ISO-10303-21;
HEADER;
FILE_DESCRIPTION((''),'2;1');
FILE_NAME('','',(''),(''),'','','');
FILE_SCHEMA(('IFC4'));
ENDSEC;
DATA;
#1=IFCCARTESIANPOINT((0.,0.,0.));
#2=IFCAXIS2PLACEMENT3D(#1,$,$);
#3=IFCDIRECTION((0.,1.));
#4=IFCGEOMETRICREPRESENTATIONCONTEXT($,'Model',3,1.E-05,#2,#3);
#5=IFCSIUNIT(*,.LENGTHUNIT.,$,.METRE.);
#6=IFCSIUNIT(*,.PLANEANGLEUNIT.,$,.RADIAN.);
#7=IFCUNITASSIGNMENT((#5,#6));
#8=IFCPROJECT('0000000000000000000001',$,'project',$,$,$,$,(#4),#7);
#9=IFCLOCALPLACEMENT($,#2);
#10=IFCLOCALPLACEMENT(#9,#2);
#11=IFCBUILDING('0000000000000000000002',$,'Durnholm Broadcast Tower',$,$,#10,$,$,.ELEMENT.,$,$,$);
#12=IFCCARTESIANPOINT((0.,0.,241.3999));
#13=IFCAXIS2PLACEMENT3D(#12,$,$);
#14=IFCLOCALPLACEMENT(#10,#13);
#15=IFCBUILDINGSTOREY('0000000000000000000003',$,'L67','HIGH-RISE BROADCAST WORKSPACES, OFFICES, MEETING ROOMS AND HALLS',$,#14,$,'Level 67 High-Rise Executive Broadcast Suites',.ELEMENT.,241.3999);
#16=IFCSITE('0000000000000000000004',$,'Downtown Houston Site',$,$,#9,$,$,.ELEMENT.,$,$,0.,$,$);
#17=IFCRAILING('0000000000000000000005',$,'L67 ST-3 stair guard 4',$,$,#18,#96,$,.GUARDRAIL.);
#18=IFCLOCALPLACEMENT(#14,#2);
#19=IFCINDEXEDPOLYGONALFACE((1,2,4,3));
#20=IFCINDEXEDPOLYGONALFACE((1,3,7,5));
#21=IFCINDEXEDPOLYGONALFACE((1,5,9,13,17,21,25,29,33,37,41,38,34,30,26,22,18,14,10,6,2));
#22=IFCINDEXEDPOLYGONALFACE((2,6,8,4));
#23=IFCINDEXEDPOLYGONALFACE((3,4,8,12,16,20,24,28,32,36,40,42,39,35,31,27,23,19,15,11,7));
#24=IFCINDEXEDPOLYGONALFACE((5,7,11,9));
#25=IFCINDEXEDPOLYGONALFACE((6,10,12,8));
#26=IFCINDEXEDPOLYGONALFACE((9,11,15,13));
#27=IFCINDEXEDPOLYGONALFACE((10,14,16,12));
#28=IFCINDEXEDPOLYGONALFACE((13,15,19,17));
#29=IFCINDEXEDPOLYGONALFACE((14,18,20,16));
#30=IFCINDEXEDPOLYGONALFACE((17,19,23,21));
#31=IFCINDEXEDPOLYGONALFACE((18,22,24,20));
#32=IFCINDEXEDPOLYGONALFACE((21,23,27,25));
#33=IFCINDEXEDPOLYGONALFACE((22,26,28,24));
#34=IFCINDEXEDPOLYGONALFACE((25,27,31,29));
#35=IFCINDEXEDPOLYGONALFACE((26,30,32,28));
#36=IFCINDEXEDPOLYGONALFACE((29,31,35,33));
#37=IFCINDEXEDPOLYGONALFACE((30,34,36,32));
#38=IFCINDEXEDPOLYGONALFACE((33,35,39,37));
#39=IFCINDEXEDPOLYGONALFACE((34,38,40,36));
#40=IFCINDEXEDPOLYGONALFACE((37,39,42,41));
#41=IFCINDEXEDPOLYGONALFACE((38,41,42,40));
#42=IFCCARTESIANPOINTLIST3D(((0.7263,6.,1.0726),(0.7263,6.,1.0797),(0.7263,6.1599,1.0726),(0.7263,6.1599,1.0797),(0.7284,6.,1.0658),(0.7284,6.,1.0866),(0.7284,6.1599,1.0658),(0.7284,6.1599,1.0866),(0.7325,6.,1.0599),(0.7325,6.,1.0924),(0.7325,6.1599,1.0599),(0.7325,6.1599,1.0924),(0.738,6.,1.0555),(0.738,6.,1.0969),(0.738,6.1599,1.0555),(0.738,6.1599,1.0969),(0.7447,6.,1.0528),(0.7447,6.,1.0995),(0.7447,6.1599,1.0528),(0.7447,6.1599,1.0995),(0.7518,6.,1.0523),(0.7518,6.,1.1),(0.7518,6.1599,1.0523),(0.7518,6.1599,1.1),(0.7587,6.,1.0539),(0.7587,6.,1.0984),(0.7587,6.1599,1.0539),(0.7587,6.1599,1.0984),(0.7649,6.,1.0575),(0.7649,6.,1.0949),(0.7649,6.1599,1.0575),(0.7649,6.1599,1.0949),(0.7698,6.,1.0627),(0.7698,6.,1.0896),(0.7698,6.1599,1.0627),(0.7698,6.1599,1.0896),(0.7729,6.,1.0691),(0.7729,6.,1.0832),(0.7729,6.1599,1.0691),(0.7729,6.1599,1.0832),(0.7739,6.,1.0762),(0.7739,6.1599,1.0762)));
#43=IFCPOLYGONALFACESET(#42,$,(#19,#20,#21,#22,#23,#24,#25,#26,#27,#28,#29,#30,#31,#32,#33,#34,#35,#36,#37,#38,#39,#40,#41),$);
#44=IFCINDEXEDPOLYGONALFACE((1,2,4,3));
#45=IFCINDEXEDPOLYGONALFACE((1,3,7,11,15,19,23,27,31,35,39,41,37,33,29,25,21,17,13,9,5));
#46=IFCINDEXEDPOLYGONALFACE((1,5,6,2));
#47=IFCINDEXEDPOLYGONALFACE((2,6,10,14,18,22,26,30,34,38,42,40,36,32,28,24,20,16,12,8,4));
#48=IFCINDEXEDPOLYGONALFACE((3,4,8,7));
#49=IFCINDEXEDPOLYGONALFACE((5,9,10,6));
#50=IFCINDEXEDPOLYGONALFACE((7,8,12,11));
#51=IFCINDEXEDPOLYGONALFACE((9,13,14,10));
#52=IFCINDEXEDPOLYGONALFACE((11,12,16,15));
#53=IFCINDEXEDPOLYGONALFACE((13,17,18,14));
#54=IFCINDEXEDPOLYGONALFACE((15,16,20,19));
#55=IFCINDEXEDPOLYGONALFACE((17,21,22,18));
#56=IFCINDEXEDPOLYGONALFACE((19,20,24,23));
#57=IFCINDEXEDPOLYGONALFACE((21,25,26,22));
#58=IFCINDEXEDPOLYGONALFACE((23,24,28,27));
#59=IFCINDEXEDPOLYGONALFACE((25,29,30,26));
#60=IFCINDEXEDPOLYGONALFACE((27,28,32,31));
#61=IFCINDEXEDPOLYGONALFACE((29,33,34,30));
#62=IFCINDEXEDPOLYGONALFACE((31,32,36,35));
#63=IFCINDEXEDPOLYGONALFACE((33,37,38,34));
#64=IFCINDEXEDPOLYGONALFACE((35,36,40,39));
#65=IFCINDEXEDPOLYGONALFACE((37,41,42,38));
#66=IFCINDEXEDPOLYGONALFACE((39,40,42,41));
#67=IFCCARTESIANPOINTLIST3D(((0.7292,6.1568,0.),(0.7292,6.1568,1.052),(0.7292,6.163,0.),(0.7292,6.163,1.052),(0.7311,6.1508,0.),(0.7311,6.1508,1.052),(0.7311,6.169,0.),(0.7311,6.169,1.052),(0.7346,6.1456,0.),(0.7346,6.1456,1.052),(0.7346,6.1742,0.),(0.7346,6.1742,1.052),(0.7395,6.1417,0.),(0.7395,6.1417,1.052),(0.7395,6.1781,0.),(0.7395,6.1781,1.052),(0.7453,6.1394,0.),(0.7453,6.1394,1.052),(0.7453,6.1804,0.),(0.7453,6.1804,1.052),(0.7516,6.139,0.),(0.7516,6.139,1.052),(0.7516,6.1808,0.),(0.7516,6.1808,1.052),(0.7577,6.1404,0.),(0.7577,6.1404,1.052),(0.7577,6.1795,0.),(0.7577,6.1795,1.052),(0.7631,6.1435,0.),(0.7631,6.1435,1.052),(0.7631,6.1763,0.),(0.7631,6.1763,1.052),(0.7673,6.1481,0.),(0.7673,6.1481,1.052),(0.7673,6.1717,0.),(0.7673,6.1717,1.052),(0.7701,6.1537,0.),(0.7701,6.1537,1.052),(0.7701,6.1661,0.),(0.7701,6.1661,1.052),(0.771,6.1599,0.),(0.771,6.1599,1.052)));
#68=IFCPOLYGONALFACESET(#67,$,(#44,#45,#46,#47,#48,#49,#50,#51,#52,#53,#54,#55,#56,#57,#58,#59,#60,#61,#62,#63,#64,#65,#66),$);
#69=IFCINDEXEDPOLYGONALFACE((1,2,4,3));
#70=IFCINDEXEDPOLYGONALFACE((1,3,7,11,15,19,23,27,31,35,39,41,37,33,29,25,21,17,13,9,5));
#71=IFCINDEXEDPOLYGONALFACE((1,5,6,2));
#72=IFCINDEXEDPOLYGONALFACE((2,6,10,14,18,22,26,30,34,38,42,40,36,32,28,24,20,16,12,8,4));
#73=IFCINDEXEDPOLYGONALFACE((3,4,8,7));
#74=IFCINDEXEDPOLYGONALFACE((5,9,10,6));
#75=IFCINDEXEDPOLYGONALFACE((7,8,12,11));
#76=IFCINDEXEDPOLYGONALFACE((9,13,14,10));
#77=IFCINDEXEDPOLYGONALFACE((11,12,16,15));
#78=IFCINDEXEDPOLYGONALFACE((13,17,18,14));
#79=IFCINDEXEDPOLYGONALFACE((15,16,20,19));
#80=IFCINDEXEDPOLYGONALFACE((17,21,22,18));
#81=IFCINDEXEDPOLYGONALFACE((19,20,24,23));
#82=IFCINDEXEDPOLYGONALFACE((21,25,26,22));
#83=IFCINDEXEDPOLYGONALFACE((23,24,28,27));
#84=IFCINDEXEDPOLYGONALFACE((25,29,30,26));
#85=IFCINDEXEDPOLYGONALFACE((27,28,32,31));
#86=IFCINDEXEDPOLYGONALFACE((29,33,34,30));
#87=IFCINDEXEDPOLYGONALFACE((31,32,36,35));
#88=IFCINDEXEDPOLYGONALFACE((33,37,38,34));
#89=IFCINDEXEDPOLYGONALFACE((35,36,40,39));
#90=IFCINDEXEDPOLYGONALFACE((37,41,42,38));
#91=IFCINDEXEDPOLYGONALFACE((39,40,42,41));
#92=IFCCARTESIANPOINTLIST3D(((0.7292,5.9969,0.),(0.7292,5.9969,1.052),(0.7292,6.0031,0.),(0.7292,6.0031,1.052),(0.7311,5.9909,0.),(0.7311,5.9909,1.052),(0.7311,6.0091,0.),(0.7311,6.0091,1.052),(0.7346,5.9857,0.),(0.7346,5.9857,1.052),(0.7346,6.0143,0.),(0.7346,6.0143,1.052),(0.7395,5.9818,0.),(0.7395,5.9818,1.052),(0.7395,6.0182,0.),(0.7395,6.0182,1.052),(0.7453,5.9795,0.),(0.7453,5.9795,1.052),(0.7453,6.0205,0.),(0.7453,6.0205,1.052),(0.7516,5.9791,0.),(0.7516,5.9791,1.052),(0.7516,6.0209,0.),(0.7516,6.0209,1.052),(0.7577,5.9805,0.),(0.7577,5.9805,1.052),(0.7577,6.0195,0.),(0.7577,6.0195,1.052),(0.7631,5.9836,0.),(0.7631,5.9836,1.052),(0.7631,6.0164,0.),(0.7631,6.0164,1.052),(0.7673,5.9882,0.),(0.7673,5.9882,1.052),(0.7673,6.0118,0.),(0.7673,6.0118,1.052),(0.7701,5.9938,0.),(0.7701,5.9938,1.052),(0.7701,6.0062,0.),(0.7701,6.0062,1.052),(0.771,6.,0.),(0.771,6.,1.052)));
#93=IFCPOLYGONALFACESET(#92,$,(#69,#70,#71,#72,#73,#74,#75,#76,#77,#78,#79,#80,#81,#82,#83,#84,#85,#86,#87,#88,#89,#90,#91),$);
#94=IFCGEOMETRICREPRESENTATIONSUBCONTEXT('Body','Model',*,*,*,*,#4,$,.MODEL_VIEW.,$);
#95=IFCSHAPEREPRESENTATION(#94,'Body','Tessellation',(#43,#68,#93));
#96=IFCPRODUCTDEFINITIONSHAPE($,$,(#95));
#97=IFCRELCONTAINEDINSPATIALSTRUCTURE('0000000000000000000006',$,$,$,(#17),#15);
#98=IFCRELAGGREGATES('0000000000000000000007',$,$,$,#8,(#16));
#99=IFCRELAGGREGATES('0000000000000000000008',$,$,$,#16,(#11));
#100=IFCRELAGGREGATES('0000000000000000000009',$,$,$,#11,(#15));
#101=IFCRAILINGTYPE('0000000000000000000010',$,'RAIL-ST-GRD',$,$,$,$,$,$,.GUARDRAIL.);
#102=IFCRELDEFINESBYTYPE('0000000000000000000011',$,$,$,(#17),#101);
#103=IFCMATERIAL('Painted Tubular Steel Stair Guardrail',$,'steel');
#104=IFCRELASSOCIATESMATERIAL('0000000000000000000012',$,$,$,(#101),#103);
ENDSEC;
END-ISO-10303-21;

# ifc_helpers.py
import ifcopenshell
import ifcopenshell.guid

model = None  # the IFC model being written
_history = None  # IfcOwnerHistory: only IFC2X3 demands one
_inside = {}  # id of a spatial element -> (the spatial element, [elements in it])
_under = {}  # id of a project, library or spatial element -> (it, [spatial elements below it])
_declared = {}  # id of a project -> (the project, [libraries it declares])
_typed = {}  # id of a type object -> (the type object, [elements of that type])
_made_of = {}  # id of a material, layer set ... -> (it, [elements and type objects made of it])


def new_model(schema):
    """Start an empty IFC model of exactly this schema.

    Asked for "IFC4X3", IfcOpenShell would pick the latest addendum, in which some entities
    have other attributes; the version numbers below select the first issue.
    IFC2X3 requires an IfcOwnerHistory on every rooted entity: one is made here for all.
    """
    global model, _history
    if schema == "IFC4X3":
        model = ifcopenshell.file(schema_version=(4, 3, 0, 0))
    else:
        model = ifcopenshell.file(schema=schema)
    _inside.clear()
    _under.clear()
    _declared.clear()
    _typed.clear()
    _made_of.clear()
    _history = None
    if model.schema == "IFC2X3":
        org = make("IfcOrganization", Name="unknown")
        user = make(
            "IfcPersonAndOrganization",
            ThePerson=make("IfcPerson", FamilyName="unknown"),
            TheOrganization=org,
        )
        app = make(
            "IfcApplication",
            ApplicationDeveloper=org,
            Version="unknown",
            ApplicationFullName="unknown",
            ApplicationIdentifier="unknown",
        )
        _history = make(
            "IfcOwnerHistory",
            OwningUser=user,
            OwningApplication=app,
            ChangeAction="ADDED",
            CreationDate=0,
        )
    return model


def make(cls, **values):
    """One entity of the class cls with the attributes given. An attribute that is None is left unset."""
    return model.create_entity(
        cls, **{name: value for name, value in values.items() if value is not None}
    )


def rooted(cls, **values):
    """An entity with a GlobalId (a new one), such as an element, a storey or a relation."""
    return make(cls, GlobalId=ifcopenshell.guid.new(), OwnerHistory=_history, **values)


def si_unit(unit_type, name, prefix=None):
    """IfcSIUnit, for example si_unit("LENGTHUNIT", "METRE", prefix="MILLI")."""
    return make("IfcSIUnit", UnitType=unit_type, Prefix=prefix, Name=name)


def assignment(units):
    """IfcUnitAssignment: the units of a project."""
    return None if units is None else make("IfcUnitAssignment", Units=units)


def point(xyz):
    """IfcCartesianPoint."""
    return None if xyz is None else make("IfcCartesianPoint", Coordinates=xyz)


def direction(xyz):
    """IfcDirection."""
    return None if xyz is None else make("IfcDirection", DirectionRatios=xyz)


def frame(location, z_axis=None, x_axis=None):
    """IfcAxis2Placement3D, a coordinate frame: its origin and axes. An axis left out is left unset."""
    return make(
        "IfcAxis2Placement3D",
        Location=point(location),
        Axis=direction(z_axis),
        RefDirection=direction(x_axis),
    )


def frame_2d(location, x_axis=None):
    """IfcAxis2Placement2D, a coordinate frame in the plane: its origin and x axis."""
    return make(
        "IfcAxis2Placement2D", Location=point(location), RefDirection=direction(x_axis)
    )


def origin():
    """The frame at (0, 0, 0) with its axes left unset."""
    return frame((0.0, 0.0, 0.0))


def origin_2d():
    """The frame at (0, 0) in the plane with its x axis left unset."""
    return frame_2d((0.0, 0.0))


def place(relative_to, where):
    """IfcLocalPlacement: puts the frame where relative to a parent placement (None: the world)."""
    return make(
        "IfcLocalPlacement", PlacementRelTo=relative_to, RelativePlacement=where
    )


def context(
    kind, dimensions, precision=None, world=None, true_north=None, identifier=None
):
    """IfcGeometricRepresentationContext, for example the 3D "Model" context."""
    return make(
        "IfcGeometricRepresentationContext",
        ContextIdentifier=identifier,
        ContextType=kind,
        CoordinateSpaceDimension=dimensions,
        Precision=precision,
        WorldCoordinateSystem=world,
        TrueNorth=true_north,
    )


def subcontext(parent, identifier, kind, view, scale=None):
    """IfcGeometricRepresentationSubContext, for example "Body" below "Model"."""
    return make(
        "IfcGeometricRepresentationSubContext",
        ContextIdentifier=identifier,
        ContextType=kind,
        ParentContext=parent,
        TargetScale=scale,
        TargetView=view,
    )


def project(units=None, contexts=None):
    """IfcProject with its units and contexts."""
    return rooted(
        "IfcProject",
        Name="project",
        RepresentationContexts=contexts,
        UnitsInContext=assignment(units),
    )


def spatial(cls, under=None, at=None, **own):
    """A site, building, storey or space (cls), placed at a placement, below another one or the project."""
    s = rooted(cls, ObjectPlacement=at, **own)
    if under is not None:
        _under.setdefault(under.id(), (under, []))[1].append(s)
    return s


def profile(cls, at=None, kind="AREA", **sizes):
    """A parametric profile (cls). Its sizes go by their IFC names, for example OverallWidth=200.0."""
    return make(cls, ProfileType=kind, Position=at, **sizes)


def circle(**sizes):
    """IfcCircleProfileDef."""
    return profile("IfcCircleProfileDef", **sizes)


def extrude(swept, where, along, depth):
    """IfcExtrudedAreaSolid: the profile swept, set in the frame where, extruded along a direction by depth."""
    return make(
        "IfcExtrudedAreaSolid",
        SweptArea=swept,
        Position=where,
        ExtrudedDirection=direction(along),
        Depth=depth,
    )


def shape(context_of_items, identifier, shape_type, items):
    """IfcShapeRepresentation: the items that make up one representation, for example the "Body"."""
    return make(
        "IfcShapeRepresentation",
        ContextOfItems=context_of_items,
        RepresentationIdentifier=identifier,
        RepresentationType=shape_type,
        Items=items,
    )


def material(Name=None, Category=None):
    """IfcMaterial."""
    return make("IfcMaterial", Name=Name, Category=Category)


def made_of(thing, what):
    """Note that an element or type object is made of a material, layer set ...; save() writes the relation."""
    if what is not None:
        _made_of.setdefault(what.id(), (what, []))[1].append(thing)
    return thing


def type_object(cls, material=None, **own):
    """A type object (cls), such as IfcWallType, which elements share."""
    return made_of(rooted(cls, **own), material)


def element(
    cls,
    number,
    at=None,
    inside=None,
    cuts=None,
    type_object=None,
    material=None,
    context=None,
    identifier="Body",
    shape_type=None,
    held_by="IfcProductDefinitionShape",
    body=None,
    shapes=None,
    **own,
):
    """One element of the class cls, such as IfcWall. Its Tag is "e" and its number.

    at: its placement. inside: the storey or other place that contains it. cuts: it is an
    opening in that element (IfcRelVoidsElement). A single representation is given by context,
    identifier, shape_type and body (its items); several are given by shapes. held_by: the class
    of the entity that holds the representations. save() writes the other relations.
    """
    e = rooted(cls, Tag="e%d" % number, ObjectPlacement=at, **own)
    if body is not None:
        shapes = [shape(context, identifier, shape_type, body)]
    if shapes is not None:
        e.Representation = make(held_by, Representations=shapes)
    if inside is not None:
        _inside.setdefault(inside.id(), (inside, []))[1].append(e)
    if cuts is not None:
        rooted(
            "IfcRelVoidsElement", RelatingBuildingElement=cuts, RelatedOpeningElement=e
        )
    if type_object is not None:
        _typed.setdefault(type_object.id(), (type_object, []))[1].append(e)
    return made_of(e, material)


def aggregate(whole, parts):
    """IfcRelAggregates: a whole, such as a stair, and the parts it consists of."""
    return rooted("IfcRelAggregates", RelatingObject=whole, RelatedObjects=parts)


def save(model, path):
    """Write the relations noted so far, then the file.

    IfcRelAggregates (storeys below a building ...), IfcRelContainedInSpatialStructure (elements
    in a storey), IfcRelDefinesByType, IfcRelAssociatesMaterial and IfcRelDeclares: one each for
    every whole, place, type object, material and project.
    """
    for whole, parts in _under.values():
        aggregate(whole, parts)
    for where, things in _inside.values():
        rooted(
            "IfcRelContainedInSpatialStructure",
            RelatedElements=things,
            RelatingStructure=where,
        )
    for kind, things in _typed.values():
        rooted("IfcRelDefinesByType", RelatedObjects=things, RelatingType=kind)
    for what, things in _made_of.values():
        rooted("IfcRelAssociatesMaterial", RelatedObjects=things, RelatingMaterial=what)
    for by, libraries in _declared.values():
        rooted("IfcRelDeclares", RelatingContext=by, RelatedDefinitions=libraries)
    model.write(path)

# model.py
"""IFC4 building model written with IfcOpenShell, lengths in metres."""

from ifc_helpers import new_model, si_unit, direction, frame, origin, origin_2d, place, context, subcontext, project, spatial, circle, extrude, material, type_object, element, save


model = new_model("IFC4")

# Units and contexts
model_context = context("Model", 3, precision=1e-05, world=origin(), true_north=direction((0.0, 1.0)))
body_context = subcontext(model_context, "Body", "Model", "MODEL_VIEW")
ifc_project = project(units=[si_unit("LENGTHUNIT", "METRE"), si_unit("PLANEANGLEUNIT", "RADIAN")], contexts=[model_context])

# Site, building, storey
site_placement = place(None, origin())
site = spatial("IfcSite", under=ifc_project, at=site_placement, Name="Downtown Houston Site", CompositionType="ELEMENT", RefElevation=0.0)
building_placement = place(site_placement, origin())
building = spatial("IfcBuilding", under=site, at=building_placement, Name="Durnholm Broadcast Tower", CompositionType="ELEMENT")
storey_placement = place(building_placement, frame((0.0, 0.0, 241.3999)))
storey = spatial("IfcBuildingStorey", under=building, at=storey_placement, Name="L67", Description="HIGH-RISE BROADCAST WORKSPACES, OFFICES, MEETING ROOMS AND HALLS", LongName="Level 67 High-Rise Executive Broadcast Suites", CompositionType="ELEMENT", Elevation=241.3999)

# Railing
ifc_material_1 = material(Name="Painted Tubular Steel Stair Guardrail", Category="steel")
railing_type_1 = type_object("IfcRailingType", Name="RAIL-ST-GRD", PredefinedType="GUARDRAIL", material=ifc_material_1)
railing_1_placement = place(storey_placement, frame((0.75, 6.1599, 0.0)))
element("IfcRailing", 1, at=railing_1_placement, inside=storey, type_object=railing_type_1, Name="L67 ST-3 stair guard 4", PredefinedType="GUARDRAIL", context=body_context, shape_type="SweptSolid", body=[
    extrude(circle(Radius=0.0239, at=origin_2d()), frame((0.0, 0.0, 1.0762), z_axis=(0.0, -1.0, 0.0), x_axis=(1.0, 0.0, 0.0)), (0.0, 0.0, 1.0), 0.1599),
    extrude(circle(Radius=0.021, at=origin_2d()), origin(), (0.0, 0.0, 1.0), 1.052),
    extrude(circle(Radius=0.021, at=origin_2d()), frame((0.0, -0.1599, 0.0)), (0.0, 0.0, 1.0), 1.052),
])

save(model, "model.ifc")
